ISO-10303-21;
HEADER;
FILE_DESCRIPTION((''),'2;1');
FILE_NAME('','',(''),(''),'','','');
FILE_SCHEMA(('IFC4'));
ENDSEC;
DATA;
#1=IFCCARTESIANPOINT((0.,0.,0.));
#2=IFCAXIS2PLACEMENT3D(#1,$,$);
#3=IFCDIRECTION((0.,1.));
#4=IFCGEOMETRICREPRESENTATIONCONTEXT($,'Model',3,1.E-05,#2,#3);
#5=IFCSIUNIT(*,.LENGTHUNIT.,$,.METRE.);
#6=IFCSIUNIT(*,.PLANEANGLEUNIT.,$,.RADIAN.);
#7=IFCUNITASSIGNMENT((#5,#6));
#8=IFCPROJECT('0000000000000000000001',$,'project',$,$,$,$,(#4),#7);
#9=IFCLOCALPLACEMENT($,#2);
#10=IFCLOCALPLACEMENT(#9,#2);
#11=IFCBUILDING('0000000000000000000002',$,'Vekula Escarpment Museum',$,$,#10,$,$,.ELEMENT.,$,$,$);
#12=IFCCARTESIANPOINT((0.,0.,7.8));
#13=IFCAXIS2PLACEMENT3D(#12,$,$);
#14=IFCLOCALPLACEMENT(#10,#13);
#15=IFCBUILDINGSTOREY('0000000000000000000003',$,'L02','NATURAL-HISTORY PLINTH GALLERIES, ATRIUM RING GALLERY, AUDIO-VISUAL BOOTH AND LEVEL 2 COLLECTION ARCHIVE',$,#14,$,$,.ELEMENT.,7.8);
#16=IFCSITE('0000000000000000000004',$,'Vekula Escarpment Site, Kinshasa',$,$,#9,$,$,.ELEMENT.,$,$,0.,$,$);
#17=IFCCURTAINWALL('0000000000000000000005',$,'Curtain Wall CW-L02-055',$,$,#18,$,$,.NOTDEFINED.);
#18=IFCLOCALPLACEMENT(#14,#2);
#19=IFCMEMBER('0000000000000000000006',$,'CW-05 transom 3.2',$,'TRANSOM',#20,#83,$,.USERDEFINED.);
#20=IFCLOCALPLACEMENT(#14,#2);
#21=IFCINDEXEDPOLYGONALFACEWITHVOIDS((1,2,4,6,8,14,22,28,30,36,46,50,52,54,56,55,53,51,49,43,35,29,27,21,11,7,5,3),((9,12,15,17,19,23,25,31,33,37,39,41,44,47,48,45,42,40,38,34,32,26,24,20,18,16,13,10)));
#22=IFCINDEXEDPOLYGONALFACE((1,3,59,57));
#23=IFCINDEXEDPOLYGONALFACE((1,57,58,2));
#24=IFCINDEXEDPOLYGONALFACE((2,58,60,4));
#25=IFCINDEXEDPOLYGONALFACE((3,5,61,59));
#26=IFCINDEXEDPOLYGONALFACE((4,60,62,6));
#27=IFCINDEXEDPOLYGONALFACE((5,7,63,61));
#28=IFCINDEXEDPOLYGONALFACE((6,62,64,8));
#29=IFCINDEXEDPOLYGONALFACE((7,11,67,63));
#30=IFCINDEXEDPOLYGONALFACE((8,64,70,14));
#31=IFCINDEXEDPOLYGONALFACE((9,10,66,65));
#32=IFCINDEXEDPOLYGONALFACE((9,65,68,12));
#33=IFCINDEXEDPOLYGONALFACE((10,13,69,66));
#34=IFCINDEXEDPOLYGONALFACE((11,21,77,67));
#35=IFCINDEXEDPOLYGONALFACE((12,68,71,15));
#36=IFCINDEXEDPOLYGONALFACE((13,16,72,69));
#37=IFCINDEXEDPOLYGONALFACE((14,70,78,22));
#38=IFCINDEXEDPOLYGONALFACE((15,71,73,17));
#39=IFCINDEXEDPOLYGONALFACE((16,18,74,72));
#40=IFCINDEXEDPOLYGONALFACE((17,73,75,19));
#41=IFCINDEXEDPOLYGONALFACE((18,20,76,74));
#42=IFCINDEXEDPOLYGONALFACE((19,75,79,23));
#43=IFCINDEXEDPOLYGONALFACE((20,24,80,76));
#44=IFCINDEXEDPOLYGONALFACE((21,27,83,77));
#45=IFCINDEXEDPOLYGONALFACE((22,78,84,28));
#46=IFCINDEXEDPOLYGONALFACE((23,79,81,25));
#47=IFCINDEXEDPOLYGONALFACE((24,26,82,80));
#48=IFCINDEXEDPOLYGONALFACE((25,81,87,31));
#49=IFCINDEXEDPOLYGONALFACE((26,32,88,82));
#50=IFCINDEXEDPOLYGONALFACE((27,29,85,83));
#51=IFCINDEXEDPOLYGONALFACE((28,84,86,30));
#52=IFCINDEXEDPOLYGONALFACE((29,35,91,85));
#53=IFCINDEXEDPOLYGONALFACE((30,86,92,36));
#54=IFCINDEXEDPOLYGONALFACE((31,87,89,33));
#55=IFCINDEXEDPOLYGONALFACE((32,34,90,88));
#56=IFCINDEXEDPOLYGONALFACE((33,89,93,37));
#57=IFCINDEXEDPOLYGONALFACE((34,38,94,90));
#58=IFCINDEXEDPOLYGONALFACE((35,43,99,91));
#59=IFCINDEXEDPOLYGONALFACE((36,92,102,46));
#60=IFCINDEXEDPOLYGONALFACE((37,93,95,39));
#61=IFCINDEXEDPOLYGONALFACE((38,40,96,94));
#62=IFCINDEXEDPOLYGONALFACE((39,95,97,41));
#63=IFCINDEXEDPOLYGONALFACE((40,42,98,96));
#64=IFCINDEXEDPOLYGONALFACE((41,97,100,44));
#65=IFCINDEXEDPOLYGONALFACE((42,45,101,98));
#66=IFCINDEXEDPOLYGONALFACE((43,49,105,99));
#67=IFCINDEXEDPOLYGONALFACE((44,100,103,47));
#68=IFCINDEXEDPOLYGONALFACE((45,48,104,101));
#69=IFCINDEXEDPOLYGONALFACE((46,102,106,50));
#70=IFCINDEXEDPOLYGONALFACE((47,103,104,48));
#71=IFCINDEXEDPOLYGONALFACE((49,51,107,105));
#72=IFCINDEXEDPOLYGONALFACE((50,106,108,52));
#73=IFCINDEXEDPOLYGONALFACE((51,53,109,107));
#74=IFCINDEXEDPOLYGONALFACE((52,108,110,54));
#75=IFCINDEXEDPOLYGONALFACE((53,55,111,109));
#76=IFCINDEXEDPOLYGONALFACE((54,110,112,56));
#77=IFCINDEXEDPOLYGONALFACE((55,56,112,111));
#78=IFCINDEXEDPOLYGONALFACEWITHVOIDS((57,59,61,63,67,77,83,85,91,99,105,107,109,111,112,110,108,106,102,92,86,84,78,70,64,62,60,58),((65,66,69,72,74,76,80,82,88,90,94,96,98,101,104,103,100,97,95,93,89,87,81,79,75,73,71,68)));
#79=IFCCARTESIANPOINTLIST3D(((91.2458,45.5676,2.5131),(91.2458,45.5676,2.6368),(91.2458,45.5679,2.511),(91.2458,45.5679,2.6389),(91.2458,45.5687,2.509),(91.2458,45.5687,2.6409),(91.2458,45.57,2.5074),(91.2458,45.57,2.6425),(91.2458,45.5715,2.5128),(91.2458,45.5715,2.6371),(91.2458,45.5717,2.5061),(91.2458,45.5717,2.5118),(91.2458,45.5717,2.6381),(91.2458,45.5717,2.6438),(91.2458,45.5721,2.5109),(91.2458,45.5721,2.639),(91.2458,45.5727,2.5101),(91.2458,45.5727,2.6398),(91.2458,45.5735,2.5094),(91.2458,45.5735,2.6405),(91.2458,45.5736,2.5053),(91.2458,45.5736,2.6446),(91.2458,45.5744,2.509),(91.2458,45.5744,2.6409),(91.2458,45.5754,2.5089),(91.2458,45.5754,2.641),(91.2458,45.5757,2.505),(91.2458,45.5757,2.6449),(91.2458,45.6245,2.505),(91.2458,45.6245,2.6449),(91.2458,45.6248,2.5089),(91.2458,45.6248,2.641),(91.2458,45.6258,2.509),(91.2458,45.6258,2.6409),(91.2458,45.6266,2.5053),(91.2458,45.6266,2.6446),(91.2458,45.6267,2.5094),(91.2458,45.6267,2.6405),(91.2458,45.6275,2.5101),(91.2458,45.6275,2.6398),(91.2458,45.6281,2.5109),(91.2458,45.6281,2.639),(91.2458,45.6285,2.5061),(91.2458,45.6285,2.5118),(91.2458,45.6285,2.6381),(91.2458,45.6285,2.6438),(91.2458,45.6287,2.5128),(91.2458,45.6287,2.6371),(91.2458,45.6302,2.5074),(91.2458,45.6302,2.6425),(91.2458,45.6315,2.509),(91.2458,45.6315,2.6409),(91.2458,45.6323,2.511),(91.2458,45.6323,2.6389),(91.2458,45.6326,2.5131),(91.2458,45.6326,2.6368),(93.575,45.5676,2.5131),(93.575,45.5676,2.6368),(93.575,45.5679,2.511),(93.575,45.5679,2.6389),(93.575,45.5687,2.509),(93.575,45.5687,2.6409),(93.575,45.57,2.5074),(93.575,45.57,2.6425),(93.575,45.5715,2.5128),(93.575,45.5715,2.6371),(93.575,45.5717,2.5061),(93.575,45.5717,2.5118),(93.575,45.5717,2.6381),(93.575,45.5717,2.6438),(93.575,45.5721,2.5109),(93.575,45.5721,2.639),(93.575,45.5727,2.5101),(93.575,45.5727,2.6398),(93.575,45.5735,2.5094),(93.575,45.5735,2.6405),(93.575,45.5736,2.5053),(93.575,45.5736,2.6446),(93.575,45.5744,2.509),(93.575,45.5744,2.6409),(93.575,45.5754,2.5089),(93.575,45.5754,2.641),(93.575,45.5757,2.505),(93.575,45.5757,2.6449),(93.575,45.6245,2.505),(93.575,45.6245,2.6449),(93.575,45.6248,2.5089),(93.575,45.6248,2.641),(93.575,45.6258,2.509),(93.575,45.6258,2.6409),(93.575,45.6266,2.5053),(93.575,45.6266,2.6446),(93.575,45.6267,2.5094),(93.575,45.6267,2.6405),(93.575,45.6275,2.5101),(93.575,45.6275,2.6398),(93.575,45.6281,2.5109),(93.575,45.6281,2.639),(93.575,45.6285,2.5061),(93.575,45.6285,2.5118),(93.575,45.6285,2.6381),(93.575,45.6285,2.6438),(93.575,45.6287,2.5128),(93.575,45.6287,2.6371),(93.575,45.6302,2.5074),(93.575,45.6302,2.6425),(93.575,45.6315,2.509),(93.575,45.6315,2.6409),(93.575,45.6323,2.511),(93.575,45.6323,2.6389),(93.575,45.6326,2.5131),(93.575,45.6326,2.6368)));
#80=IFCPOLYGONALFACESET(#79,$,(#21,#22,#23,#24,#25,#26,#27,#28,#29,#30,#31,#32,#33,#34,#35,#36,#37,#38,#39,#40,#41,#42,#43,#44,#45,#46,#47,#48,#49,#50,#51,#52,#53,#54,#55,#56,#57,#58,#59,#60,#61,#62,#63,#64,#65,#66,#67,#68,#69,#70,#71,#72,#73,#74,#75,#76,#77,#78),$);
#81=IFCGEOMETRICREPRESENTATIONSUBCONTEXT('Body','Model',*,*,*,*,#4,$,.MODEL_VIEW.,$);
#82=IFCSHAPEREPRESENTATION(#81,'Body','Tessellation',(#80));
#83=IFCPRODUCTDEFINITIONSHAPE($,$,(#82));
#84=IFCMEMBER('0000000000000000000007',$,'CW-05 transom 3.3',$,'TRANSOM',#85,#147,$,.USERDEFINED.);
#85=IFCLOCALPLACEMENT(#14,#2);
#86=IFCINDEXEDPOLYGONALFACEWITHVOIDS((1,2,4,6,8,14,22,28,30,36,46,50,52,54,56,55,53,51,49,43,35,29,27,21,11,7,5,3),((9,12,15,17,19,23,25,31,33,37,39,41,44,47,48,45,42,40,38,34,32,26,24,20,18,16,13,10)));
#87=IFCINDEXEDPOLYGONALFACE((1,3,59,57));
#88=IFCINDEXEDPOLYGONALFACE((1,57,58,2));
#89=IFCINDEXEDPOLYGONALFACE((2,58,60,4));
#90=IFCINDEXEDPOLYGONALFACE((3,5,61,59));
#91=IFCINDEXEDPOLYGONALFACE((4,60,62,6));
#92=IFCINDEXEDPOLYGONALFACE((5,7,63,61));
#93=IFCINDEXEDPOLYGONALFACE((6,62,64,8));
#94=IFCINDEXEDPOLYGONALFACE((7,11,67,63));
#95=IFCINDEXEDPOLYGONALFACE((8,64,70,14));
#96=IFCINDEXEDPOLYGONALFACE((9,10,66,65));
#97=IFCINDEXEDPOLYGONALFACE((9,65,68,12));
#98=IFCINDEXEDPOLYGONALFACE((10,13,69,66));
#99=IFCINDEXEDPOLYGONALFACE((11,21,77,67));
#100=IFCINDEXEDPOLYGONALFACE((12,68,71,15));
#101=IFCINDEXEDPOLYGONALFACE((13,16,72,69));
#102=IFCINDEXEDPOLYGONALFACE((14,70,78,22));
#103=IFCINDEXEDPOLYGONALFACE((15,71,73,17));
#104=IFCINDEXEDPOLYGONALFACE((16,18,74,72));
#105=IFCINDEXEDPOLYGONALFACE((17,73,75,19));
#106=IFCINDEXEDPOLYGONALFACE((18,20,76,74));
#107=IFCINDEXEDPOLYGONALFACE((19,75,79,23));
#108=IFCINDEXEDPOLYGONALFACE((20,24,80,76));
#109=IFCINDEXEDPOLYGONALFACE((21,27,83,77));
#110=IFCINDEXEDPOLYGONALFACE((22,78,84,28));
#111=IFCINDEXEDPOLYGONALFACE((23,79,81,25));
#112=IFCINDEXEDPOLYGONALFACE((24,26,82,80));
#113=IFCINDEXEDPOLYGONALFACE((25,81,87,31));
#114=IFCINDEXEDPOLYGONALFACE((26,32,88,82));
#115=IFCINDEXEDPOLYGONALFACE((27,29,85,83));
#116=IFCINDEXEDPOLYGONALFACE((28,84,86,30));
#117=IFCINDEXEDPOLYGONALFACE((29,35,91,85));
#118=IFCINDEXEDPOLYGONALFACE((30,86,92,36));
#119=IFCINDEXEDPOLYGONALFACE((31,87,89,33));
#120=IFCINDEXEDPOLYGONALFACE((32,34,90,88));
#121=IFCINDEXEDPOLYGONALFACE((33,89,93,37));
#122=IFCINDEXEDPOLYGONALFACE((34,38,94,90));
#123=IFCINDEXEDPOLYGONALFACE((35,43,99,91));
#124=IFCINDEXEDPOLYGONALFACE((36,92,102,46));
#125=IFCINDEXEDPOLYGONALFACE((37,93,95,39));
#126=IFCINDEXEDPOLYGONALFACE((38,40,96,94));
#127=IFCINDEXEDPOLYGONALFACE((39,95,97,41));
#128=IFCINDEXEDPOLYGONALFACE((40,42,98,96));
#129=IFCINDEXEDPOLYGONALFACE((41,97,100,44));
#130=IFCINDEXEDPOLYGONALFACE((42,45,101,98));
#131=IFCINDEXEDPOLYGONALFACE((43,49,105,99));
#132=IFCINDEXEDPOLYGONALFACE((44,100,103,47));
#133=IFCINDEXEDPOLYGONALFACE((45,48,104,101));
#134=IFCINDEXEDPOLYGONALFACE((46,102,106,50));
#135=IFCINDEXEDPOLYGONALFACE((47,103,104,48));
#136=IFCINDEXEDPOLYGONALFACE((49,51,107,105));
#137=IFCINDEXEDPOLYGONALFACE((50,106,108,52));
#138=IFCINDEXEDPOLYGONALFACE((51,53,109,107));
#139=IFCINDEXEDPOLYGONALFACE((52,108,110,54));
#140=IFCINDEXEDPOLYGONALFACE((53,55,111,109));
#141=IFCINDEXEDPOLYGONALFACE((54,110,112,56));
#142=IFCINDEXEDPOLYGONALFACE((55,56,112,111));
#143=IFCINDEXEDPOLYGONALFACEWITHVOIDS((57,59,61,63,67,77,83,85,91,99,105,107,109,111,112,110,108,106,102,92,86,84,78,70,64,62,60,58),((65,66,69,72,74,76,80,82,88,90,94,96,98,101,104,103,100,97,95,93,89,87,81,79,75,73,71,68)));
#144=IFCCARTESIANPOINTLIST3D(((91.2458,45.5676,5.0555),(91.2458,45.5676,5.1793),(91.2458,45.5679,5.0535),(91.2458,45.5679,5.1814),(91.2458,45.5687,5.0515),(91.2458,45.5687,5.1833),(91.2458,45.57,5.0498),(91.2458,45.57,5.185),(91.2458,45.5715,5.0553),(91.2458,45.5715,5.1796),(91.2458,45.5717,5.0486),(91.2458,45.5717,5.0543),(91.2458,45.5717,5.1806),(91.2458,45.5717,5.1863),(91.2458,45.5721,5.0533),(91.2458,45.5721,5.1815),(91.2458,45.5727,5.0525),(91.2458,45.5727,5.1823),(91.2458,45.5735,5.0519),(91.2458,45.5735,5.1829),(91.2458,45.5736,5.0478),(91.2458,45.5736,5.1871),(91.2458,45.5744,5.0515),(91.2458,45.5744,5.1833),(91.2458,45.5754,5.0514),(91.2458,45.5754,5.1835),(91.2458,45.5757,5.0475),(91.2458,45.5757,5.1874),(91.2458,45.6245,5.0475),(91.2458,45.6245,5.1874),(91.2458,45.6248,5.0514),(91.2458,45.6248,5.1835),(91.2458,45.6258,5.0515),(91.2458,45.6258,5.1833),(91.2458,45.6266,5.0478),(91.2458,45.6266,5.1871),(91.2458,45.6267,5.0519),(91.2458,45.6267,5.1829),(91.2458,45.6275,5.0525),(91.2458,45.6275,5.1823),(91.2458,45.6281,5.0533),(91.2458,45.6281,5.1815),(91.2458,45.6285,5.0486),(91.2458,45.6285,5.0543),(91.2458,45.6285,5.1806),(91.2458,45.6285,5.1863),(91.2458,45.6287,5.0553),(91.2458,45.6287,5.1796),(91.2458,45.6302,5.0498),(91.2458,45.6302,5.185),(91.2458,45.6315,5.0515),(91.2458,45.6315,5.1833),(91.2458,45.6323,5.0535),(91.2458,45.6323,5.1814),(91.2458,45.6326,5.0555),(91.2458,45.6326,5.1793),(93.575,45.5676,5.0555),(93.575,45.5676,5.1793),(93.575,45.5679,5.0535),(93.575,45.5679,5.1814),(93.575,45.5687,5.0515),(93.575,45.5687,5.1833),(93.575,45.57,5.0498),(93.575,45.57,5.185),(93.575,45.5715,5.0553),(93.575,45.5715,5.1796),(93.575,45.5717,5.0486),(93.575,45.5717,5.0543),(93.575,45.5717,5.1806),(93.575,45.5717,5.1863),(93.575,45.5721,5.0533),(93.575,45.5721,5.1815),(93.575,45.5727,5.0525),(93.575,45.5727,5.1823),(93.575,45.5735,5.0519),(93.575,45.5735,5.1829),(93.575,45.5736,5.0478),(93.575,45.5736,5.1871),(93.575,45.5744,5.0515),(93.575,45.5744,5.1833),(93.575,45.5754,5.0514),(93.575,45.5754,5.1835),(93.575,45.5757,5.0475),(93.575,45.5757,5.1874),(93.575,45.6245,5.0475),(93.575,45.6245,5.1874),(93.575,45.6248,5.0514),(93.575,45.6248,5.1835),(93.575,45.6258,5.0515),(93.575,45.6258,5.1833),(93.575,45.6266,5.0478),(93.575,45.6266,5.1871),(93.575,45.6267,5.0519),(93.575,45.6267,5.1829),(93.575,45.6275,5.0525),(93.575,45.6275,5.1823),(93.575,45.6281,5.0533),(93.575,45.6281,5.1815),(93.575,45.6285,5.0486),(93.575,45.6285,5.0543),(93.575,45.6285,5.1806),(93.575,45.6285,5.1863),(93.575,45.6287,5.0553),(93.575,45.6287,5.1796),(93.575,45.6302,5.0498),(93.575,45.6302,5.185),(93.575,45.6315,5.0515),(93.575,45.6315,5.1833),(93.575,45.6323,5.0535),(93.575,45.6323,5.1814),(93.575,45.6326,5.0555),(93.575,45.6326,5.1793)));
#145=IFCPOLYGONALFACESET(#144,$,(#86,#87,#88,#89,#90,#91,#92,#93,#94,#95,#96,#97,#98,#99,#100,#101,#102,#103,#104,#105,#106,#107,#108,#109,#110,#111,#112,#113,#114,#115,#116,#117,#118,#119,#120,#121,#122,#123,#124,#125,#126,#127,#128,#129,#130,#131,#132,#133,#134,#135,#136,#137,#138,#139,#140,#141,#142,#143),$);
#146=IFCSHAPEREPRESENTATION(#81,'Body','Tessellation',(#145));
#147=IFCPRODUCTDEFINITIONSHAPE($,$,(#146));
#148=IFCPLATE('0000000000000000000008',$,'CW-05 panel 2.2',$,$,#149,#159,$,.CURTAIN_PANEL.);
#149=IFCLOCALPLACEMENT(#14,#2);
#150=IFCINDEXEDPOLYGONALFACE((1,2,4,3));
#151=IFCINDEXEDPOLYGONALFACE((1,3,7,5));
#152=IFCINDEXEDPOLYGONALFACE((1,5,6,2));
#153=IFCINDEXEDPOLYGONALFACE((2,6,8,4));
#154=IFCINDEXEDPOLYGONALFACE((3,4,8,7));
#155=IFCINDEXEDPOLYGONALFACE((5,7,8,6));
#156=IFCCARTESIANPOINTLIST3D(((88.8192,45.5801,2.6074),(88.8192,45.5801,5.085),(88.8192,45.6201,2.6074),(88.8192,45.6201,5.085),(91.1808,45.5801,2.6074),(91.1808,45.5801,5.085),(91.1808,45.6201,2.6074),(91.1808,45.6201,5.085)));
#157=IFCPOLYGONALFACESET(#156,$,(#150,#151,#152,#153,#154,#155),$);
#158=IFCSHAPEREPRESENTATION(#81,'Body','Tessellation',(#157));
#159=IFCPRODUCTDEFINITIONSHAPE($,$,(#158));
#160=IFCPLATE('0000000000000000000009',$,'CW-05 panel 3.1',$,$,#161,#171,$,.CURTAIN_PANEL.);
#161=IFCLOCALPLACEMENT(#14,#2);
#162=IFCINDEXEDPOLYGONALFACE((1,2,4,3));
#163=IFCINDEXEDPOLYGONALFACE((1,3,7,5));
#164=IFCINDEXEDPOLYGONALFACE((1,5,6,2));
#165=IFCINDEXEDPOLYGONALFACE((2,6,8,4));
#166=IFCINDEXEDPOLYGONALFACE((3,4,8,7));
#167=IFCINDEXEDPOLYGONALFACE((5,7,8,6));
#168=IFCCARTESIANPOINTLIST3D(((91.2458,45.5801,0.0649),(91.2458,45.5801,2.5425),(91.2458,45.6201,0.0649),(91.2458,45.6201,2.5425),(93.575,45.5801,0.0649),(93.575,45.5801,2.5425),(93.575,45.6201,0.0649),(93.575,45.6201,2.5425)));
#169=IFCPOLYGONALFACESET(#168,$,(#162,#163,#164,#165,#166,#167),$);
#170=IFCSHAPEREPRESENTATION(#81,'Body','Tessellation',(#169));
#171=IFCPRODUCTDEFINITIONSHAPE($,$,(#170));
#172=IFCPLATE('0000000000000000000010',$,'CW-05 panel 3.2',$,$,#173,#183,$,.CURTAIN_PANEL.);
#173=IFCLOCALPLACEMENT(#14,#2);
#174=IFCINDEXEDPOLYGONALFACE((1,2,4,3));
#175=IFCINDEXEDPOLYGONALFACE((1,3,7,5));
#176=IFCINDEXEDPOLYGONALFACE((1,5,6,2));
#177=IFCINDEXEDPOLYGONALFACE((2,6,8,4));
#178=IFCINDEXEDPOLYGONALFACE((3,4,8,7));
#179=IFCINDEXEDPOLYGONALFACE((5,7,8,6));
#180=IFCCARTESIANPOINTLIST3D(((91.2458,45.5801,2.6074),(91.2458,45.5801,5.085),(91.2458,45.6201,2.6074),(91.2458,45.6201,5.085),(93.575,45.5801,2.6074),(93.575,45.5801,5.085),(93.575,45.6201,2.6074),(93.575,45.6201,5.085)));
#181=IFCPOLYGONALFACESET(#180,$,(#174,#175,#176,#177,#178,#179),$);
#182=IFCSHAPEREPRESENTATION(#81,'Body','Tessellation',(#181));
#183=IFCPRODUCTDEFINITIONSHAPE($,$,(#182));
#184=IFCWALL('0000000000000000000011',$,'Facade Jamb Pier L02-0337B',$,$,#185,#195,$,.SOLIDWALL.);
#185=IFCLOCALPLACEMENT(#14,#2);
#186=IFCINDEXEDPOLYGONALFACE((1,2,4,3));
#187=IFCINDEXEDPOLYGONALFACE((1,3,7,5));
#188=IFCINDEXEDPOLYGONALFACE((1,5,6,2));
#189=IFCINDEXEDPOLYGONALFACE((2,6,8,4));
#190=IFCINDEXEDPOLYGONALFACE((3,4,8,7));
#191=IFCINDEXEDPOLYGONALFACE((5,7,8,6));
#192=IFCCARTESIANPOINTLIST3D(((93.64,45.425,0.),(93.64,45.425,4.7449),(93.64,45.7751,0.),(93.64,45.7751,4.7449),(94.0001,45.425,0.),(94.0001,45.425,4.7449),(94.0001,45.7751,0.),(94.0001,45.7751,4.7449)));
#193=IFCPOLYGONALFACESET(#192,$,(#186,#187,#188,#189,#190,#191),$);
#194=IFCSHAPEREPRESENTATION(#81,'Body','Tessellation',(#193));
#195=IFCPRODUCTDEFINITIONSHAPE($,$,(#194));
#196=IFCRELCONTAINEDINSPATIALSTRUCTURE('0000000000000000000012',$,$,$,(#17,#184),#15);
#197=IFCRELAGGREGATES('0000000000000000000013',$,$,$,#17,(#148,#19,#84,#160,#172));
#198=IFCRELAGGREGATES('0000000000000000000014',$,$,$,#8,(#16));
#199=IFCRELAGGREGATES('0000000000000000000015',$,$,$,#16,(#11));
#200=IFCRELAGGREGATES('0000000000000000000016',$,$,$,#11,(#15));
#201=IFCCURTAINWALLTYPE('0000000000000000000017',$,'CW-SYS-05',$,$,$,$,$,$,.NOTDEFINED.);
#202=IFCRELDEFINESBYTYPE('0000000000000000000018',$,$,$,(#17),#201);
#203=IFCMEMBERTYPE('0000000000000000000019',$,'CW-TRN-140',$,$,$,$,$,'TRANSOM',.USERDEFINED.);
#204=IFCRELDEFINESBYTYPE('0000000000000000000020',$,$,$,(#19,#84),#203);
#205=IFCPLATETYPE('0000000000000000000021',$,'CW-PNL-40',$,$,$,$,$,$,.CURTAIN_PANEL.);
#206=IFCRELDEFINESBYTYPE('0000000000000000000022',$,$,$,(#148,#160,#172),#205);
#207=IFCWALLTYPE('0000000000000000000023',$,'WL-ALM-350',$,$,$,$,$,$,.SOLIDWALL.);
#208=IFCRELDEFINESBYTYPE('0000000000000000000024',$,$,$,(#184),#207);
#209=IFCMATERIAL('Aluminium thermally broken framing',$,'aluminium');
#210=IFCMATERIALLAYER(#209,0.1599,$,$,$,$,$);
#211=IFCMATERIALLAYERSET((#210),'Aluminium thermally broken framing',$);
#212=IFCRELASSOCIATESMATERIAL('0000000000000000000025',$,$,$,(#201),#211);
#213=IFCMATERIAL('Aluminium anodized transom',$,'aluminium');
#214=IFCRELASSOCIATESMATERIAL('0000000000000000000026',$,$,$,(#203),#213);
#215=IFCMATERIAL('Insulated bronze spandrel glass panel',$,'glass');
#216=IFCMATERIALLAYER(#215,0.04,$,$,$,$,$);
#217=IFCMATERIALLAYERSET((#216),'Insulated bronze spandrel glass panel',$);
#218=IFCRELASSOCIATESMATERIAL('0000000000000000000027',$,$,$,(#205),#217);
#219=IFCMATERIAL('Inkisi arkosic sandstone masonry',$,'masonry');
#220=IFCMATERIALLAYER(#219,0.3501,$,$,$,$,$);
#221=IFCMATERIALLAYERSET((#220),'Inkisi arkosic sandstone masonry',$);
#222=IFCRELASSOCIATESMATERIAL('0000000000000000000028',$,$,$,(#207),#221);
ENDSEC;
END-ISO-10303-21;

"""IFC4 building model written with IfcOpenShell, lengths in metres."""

from ifc_helpers import new_model, si_unit, direction, frame, frame_2d, origin, origin_2d, place, context, subcontext, project, spatial, rectangle, hollow_rectangle, extrude, material, layer, layer_set, material_profile, profile_set, type_object, element, aggregate, save


model = new_model("IFC4")

# Units and contexts
model_context = context("Model", 3, precision=1e-05, world=origin(), true_north=direction((0.0, 1.0)))
body_context = subcontext(model_context, "Body", "Model", "MODEL_VIEW")
ifc_project = project(units=[si_unit("LENGTHUNIT", "METRE"), si_unit("PLANEANGLEUNIT", "RADIAN")], contexts=[model_context])

# Site, building, storey
site_placement = place(None, origin())
site = spatial("IfcSite", under=ifc_project, at=site_placement, Name="Vekula Escarpment Site, Kinshasa", CompositionType="ELEMENT", RefElevation=0.0)
building_placement = place(site_placement, origin())
building = spatial("IfcBuilding", under=site, at=building_placement, Name="Vekula Escarpment Museum", CompositionType="ELEMENT")
storey_placement = place(building_placement, frame((0.0, 0.0, 7.8)))
storey = spatial("IfcBuildingStorey", under=building, at=storey_placement, Name="L02", Description="NATURAL-HISTORY PLINTH GALLERIES, ATRIUM RING GALLERY, AUDIO-VISUAL BOOTH AND LEVEL 2 COLLECTION ARCHIVE", CompositionType="ELEMENT", Elevation=7.8)

# Curtain wall, members, plates
ifc_material_1 = material(Name="Aluminium thermally broken framing", Category="aluminium")
ifc_layer_1 = layer(ifc_material_1, 0.1599)
ifc_layer_set_1 = layer_set([ifc_layer_1], Name="Aluminium thermally broken framing")
curtain_wall_type = type_object("IfcCurtainWallType", Name="CW-SYS-05", PredefinedType="NOTDEFINED", material=ifc_layer_set_1)
curtain_wall_placement = place(storey_placement, origin())
curtain_wall = element("IfcCurtainWall", 1, at=curtain_wall_placement, inside=storey, type_object=curtain_wall_type, Name="Curtain Wall CW-L02-055", PredefinedType="NOTDEFINED")
ifc_material_2 = material(Name="Aluminium anodized transom", Category="aluminium")
ifc_material_profile_1 = material_profile(ifc_material_2, hollow_rectangle(XDim=0.0649, YDim=0.1399, WallThickness=0.0039, InnerFilletRadius=0.0039, OuterFilletRadius=0.0081, at=origin_2d()), Name="ALU 140x65x4")
ifc_profile_set_1 = profile_set([ifc_material_profile_1], Name="Aluminium anodized transom")
member_type_1 = type_object("IfcMemberType", Name="CW-TRN-140", ElementType="TRANSOM", PredefinedType="USERDEFINED", material=ifc_profile_set_1)
member_1_placement = place(storey_placement, frame((91.2458, 45.6001, 2.575), z_axis=(1.0, 0.0, 0.0), x_axis=(0.0, 1.0, 0.0)))
member_1 = element("IfcMember", 2, at=member_1_placement, type_object=member_type_1, Name="CW-05 transom 3.2", ObjectType="TRANSOM", PredefinedType="USERDEFINED", context=body_context, shape_type="SweptSolid", body=[
    extrude(hollow_rectangle(XDim=0.0649, YDim=0.1399, WallThickness=0.0039, InnerFilletRadius=0.0039, OuterFilletRadius=0.0081, at=origin_2d()), origin(), (0.0, 0.0, 1.0), 2.3291),
])
member_2_placement = place(storey_placement, frame((91.2458, 45.6001, 5.1174), z_axis=(1.0, 0.0, 0.0), x_axis=(0.0, 1.0, 0.0)))
member_2 = element("IfcMember", 3, at=member_2_placement, type_object=member_type_1, Name="CW-05 transom 3.3", ObjectType="TRANSOM", PredefinedType="USERDEFINED", context=body_context, shape_type="SweptSolid", body=[
    extrude(hollow_rectangle(XDim=0.0649, YDim=0.1399, WallThickness=0.0039, InnerFilletRadius=0.0039, OuterFilletRadius=0.0081, at=origin_2d()), origin(), (0.0, 0.0, 1.0), 2.3291),
])
ifc_material_3 = material(Name="Insulated bronze spandrel glass panel", Category="glass")
ifc_layer_2 = layer(ifc_material_3, 0.04)
ifc_layer_set_2 = layer_set([ifc_layer_2], Name="Insulated bronze spandrel glass panel")
plate_type = type_object("IfcPlateType", Name="CW-PNL-40", PredefinedType="CURTAIN_PANEL", material=ifc_layer_set_2)
plate_1_placement = place(storey_placement, frame((90.0, 45.6001, 2.6074), z_axis=(0.0, 0.0, 1.0), x_axis=(1.0, 0.0, 0.0)))
plate_1 = element("IfcPlate", 4, at=plate_1_placement, type_object=plate_type, Name="CW-05 panel 2.2", PredefinedType="CURTAIN_PANEL", context=body_context, shape_type="SweptSolid", body=[
    extrude(rectangle(XDim=2.3616, YDim=0.04, at=origin_2d()), origin(), (0.0, 0.0, 1.0), 2.4775),
])
plate_2_placement = place(storey_placement, frame((92.4104, 45.6001, 0.0649), z_axis=(0.0, 0.0, 1.0), x_axis=(1.0, 0.0, 0.0)))
plate_2 = element("IfcPlate", 5, at=plate_2_placement, type_object=plate_type, Name="CW-05 panel 3.1", PredefinedType="CURTAIN_PANEL", context=body_context, shape_type="SweptSolid", body=[
    extrude(rectangle(XDim=2.3291, YDim=0.04, at=origin_2d()), origin(), (0.0, 0.0, 1.0), 2.4775),
])
plate_3_placement = place(storey_placement, frame((92.4104, 45.6001, 2.6074), z_axis=(0.0, 0.0, 1.0), x_axis=(1.0, 0.0, 0.0)))
plate_3 = element("IfcPlate", 6, at=plate_3_placement, type_object=plate_type, Name="CW-05 panel 3.2", PredefinedType="CURTAIN_PANEL", context=body_context, shape_type="SweptSolid", body=[
    extrude(rectangle(XDim=2.3291, YDim=0.04, at=origin_2d()), origin(), (0.0, 0.0, 1.0), 2.4775),
])
aggregate(curtain_wall, [plate_1, member_1, member_2, plate_2, plate_3])

# Wall
ifc_material_4 = material(Name="Inkisi arkosic sandstone masonry", Category="masonry")
ifc_layer_3 = layer(ifc_material_4, 0.3501)
ifc_layer_set_3 = layer_set([ifc_layer_3], Name="Inkisi arkosic sandstone masonry")
wall_type_1 = type_object("IfcWallType", Name="WL-ALM-350", PredefinedType="SOLIDWALL", material=ifc_layer_set_3)
for number, where, z_axis, x_axis, name in (
    (7, (93.6399, 45.6001, 0.0), (0.0, 0.0, 1.0), (1.0, 0.0, 0.0), "Facade Jamb Pier L02-0337B"),
):
    element("IfcWall", number, at=place(storey_placement, frame(where, z_axis=z_axis, x_axis=x_axis)), inside=storey, type_object=wall_type_1, Name=name, PredefinedType="SOLIDWALL", context=body_context, shape_type="SweptSolid", body=[
        extrude(rectangle(XDim=0.3601, YDim=0.3501, at=frame_2d((0.1802, 0.0))), origin(), (0.0, 0.0, 1.0), 4.7449),
    ])

save(model, "model.ifc")
